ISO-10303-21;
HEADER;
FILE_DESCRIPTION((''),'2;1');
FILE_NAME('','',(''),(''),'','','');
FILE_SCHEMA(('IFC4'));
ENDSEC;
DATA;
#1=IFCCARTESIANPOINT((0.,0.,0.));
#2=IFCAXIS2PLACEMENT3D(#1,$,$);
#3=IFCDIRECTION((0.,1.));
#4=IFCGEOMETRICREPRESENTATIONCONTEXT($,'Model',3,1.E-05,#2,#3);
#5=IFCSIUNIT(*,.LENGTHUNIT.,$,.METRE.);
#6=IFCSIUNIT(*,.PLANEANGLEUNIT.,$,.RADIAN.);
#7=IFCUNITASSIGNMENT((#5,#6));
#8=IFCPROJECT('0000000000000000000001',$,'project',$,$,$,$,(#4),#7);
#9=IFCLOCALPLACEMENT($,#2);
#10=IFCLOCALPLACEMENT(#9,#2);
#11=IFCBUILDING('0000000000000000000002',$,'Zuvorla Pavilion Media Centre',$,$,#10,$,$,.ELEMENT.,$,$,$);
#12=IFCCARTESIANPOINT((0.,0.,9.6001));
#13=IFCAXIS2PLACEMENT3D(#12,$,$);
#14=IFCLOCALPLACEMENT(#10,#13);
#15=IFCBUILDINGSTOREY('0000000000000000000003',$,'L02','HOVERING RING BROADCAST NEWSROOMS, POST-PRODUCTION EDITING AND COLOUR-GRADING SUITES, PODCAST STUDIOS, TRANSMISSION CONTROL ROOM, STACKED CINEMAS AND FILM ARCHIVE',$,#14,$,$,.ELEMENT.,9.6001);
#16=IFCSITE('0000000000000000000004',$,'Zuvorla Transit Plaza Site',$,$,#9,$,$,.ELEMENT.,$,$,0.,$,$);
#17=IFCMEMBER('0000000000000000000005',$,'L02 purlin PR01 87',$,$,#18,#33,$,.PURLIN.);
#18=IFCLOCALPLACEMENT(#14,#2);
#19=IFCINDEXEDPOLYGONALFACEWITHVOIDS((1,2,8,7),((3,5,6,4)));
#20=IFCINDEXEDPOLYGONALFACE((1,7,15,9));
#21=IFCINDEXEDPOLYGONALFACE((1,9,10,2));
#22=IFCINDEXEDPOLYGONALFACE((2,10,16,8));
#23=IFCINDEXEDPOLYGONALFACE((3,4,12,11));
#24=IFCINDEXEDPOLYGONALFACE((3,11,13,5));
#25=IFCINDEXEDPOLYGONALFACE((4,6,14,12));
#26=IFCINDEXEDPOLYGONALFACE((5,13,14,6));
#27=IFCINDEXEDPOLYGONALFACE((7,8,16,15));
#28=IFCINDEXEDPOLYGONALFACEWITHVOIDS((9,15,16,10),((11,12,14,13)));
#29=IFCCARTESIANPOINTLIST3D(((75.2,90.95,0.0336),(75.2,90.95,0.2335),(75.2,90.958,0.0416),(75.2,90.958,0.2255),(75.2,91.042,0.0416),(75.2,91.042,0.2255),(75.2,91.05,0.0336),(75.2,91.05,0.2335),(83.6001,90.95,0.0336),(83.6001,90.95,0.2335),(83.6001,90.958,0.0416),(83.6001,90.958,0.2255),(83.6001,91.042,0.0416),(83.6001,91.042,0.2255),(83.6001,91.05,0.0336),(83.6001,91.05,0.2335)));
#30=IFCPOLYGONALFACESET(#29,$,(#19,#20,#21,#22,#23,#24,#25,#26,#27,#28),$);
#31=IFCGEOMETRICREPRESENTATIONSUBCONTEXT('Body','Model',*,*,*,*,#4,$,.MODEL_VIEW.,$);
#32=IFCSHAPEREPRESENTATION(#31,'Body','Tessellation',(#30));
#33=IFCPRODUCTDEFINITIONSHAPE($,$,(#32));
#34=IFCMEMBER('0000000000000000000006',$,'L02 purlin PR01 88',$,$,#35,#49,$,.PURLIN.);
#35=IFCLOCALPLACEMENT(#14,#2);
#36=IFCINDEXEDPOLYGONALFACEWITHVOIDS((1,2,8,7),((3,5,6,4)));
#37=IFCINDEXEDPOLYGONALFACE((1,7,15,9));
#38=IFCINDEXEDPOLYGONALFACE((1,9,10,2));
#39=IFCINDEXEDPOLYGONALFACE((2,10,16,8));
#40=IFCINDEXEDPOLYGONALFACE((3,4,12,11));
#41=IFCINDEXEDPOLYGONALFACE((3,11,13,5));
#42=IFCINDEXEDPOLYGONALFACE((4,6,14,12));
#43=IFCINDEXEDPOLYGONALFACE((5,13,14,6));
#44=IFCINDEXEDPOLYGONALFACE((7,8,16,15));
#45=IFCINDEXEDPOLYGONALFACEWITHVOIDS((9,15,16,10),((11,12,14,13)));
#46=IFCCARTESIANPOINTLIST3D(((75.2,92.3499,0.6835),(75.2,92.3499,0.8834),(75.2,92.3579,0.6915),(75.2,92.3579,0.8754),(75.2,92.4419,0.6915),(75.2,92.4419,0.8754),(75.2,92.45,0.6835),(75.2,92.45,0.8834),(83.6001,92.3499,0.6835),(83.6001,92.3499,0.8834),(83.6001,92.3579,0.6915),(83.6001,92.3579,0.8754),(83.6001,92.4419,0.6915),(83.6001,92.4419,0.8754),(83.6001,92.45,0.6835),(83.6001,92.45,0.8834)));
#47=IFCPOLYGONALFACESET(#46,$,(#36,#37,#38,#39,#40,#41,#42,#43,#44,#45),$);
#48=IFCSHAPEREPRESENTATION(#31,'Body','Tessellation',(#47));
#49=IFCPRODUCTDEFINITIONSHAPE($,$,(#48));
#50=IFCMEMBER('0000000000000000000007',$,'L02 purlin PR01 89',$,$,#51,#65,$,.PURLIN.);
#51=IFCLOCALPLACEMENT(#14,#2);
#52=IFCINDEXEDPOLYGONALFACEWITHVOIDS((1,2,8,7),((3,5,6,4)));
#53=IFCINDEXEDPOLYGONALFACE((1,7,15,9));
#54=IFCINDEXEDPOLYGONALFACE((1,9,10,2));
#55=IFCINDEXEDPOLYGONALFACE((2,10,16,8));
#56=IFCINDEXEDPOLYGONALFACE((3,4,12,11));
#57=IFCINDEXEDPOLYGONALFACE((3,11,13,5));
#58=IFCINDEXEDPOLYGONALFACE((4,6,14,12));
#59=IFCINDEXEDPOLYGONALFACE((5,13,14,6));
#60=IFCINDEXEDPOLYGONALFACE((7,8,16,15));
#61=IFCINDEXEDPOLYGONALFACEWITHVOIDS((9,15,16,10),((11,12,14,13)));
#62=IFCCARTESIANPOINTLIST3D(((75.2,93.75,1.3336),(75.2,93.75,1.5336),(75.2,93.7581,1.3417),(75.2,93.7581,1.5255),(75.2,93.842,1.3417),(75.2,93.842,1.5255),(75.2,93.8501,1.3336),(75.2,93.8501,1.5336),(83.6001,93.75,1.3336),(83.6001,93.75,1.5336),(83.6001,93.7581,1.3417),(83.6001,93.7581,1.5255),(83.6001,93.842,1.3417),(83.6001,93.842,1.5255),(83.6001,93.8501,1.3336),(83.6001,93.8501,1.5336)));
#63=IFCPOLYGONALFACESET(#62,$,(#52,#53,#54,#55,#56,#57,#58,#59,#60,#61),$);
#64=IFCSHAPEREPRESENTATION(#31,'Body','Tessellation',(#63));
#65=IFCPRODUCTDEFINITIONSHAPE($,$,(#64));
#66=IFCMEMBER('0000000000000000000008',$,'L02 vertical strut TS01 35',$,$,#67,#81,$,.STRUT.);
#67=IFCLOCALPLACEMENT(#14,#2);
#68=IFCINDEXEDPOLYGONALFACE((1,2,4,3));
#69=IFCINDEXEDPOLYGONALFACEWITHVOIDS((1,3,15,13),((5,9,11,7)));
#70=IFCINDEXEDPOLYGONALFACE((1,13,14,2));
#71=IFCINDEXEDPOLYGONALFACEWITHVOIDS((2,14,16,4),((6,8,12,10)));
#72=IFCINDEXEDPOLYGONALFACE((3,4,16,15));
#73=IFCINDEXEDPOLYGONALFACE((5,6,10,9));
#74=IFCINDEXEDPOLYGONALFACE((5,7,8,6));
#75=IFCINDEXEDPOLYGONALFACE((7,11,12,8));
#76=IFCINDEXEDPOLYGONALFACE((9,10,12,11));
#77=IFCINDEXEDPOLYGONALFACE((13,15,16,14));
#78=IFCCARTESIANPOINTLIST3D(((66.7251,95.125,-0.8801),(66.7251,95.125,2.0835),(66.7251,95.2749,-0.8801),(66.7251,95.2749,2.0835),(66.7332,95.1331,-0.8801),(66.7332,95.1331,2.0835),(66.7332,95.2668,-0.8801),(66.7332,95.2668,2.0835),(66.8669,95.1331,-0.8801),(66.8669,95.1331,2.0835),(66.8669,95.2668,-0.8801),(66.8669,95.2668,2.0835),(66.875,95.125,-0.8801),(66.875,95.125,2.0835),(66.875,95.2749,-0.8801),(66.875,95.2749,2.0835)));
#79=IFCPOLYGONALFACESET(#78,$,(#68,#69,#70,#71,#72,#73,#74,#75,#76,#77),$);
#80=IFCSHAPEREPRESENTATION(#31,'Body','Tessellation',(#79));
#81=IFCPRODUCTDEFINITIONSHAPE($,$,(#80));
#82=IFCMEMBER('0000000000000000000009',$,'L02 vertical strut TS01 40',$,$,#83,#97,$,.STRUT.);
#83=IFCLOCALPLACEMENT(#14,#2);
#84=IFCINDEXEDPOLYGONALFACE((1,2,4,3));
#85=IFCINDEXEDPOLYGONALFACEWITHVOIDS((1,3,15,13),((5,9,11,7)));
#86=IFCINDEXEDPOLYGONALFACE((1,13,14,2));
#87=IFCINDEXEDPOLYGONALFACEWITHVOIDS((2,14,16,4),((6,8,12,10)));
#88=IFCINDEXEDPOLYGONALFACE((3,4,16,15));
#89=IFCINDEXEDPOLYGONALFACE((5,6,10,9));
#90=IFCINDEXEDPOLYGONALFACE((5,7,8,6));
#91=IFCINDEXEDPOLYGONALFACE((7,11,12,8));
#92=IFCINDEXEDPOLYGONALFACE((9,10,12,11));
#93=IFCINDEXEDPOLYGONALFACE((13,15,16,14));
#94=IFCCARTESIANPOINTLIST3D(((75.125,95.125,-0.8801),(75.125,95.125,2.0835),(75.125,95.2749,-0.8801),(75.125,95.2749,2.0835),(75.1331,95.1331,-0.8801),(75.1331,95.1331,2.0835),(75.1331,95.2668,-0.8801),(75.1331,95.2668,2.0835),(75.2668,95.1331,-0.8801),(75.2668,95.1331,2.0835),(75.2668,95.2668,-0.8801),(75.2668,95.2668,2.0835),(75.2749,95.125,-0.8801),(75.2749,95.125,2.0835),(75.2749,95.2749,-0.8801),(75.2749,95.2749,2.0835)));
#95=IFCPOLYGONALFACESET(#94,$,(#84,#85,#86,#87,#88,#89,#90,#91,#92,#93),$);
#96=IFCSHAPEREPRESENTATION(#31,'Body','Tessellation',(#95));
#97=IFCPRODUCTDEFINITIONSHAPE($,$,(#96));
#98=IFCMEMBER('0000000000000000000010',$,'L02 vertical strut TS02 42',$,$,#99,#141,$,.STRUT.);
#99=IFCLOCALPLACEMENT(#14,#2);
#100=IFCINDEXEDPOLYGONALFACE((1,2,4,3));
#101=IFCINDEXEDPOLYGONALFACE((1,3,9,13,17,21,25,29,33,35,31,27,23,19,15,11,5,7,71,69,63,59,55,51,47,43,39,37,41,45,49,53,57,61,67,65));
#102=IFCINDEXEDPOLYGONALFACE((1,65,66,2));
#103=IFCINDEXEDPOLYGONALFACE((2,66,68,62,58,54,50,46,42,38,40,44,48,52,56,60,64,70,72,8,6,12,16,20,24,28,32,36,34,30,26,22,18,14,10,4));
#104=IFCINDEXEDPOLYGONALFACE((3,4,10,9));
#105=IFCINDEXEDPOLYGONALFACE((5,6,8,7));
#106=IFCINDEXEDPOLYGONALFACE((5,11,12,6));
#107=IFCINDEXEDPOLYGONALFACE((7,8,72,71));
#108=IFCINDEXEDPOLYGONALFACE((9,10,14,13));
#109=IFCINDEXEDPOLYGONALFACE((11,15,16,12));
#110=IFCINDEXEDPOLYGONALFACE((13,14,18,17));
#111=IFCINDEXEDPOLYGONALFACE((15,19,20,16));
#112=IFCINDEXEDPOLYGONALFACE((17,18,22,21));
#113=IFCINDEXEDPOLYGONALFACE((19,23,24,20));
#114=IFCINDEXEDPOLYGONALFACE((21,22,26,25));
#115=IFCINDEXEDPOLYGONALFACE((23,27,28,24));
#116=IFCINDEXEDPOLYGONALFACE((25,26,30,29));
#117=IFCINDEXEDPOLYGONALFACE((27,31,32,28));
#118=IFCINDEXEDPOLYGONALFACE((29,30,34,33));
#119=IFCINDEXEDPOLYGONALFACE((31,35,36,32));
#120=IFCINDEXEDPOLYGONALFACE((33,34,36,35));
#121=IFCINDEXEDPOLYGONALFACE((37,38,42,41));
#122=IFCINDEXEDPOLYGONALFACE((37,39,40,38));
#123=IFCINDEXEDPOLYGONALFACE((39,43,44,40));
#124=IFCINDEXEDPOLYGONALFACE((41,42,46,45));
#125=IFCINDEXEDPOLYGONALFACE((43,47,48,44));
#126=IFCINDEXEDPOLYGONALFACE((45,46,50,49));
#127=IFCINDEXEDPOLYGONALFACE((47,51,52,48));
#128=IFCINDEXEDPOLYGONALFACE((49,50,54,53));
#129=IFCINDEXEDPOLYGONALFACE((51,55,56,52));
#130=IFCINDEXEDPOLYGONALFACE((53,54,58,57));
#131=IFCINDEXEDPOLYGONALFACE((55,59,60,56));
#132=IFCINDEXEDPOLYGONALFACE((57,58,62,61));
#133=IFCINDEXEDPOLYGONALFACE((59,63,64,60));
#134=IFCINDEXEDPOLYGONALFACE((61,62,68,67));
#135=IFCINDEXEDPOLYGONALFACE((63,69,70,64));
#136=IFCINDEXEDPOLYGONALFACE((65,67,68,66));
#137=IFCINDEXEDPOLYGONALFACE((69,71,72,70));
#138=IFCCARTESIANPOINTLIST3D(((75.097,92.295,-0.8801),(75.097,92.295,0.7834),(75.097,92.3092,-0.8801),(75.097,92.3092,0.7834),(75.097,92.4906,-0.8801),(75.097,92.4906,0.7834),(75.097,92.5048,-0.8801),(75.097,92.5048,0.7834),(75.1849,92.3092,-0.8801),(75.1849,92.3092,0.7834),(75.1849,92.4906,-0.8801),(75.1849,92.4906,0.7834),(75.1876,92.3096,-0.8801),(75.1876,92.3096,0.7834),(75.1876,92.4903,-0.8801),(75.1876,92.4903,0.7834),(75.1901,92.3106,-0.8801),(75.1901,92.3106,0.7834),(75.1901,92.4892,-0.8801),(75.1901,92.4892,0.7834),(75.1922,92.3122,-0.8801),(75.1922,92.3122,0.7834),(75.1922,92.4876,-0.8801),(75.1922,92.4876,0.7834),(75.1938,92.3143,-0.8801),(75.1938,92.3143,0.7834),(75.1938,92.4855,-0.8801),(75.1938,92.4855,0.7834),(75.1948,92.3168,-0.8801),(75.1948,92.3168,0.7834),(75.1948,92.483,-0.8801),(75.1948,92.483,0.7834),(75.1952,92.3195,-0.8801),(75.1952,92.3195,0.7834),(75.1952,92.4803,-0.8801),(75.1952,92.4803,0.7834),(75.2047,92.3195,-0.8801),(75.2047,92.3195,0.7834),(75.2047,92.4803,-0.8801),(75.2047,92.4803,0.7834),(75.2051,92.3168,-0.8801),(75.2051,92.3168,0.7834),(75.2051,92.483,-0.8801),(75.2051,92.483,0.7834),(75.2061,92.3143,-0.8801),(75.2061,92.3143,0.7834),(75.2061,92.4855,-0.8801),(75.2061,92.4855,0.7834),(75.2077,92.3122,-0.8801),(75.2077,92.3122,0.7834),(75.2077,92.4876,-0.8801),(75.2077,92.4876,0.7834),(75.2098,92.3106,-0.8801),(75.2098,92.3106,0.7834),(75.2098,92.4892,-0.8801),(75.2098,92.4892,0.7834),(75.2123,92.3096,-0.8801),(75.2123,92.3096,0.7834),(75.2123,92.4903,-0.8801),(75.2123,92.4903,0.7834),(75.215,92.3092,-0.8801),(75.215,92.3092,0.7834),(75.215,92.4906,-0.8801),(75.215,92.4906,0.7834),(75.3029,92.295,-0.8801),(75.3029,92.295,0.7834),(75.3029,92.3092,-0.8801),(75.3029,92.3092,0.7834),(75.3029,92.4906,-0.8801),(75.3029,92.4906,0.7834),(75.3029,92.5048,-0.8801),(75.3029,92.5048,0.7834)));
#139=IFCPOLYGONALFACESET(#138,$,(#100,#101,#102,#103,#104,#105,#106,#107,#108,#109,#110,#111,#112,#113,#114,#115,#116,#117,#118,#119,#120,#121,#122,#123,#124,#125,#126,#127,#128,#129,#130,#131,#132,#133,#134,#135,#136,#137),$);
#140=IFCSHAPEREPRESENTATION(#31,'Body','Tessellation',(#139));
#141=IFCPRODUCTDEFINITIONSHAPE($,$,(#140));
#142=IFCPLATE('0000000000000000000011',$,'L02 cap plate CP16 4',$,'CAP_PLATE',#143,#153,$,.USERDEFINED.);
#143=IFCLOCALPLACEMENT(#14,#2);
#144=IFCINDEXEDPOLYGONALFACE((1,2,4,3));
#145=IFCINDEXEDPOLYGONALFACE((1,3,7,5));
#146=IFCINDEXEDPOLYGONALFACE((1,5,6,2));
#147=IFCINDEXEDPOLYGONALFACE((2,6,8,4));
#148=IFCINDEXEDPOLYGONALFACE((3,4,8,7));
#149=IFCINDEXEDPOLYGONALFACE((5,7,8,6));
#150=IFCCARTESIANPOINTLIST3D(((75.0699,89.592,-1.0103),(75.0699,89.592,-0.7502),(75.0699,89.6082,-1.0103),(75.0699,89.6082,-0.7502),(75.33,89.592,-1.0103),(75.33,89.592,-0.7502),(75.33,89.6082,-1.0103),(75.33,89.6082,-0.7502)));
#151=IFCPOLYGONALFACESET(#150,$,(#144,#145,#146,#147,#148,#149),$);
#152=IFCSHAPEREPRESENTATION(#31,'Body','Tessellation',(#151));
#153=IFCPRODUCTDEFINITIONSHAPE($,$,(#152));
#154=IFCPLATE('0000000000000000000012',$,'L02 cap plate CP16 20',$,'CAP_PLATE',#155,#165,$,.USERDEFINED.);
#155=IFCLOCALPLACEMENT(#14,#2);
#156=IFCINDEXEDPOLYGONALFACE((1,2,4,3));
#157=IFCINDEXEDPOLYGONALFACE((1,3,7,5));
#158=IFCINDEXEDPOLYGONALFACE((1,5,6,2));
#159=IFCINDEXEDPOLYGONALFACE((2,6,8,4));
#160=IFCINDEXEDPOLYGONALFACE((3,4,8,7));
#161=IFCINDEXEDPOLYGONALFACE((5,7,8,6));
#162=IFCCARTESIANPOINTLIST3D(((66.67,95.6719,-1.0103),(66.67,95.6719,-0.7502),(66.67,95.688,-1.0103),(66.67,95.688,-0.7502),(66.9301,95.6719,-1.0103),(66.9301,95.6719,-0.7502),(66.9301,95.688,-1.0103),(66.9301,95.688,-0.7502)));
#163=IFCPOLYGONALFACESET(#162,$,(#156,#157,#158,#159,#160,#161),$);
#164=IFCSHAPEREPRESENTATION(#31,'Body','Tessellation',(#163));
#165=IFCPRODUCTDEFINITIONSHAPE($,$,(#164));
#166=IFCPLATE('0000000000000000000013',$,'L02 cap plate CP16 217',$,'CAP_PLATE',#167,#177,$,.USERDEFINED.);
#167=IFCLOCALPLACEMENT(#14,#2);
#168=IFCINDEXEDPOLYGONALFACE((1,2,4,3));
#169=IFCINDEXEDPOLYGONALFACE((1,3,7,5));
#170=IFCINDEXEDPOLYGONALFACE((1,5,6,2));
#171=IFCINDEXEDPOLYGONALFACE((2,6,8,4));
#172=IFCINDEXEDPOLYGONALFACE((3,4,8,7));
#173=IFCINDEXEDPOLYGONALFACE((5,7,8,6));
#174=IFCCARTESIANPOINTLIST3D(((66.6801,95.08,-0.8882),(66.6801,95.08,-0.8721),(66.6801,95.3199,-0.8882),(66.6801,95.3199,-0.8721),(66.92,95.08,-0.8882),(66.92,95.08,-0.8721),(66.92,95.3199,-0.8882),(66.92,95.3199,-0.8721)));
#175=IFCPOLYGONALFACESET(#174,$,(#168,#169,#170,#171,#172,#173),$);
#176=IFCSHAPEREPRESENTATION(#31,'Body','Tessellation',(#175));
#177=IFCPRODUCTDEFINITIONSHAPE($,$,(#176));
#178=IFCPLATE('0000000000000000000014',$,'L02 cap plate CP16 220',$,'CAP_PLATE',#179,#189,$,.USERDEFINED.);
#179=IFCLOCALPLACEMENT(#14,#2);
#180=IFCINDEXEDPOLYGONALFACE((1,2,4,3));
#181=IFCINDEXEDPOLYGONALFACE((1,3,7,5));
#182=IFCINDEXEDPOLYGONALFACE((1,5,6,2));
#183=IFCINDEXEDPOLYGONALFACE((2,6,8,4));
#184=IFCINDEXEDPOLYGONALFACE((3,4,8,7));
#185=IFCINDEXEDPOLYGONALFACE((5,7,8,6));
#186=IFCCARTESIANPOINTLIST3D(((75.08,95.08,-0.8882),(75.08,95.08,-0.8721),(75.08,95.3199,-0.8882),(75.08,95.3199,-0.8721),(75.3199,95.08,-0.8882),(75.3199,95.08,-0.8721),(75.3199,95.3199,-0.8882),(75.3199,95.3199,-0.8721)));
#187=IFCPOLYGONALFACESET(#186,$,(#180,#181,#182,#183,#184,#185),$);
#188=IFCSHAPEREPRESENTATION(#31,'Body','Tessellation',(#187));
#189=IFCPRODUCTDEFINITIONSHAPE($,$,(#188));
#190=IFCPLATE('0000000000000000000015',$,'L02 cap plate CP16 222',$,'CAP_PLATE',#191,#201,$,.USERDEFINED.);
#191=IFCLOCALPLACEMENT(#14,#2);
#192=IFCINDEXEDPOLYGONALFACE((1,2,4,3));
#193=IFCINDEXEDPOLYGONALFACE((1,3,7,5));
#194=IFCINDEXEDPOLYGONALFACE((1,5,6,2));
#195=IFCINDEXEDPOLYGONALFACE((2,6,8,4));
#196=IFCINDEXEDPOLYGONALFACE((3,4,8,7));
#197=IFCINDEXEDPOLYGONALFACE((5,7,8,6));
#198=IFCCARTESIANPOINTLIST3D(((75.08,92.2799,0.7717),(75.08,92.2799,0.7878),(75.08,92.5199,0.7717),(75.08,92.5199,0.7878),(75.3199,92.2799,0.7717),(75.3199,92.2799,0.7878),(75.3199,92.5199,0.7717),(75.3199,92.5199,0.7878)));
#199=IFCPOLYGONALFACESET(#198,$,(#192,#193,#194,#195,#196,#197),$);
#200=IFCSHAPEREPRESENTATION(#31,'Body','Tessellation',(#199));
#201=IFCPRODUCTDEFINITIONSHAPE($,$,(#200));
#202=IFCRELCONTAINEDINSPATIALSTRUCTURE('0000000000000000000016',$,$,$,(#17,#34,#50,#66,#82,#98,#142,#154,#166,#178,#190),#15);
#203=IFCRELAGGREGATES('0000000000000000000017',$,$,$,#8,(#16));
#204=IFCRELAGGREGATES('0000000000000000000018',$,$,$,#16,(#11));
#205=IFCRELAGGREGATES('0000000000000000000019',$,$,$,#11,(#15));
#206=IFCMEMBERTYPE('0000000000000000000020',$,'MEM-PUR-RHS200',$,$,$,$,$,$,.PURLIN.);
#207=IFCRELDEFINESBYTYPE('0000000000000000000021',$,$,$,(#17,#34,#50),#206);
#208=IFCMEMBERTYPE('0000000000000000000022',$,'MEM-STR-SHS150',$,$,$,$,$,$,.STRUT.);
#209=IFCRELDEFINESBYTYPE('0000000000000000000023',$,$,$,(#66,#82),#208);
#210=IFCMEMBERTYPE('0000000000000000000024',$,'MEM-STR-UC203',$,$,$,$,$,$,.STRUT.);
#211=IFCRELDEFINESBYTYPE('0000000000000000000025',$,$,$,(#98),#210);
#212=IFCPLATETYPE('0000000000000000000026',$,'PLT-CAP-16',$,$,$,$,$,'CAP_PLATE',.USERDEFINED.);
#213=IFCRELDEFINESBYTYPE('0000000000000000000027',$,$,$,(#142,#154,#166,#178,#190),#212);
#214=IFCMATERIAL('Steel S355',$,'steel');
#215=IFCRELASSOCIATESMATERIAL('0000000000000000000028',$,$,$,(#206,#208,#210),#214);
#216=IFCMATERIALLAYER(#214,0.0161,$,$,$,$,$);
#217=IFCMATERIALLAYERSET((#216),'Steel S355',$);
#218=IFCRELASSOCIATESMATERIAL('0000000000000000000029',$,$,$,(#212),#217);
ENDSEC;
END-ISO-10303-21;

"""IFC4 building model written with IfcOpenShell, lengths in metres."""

from ifc_helpers import new_model, si_unit, direction, frame, origin, origin_2d, place, context, subcontext, project, spatial, rectangle, hollow_rectangle, i_section, extrude, material, layer, layer_set, material_profile, profile_set, type_object, element, save


model = new_model("IFC4")

# Units and contexts
model_context = context("Model", 3, precision=1e-05, world=origin(), true_north=direction((0.0, 1.0)))
body_context = subcontext(model_context, "Body", "Model", "MODEL_VIEW")
ifc_project = project(units=[si_unit("LENGTHUNIT", "METRE"), si_unit("PLANEANGLEUNIT", "RADIAN")], contexts=[model_context])

# Site, building, storey
site_placement = place(None, origin())
site = spatial("IfcSite", under=ifc_project, at=site_placement, Name="Zuvorla Transit Plaza Site", CompositionType="ELEMENT", RefElevation=0.0)
building_placement = place(site_placement, origin())
building = spatial("IfcBuilding", under=site, at=building_placement, Name="Zuvorla Pavilion Media Centre", CompositionType="ELEMENT")
storey_placement = place(building_placement, frame((0.0, 0.0, 9.6001)))
storey = spatial("IfcBuildingStorey", under=building, at=storey_placement, Name="L02", Description="HOVERING RING BROADCAST NEWSROOMS, POST-PRODUCTION EDITING AND COLOUR-GRADING SUITES, PODCAST STUDIOS, TRANSMISSION CONTROL ROOM, STACKED CINEMAS AND FILM ARCHIVE", CompositionType="ELEMENT", Elevation=9.6001)

# Shared definitions
ifc_material_1 = material(Name="Steel S355", Category="steel")

# Members
ifc_material_profile_1 = material_profile(ifc_material_1, hollow_rectangle(XDim=0.1001, YDim=0.2, WallThickness=0.0081, at=origin_2d()), Name="RHS 200x100x8")
ifc_profile_set_1 = profile_set([ifc_material_profile_1], Name="Steel S355")
member_type_1 = type_object("IfcMemberType", Name="MEM-PUR-RHS200", PredefinedType="PURLIN", material=ifc_profile_set_1)
for number, where, z_axis, x_axis, name in (
    (1, (75.2, 91.0, 0.1335), (1.0, 0.0, 0.0), (0.0, 1.0, 0.0), "L02 purlin PR01 87"),
    (2, (75.2, 92.3999, 0.7834), (1.0, 0.0, 0.0), (0.0, 1.0, 0.0), "L02 purlin PR01 88"),
    (3, (75.2, 93.8, 1.4336), (1.0, 0.0, 0.0), (0.0, 1.0, 0.0), "L02 purlin PR01 89"),
):
    element("IfcMember", number, at=place(storey_placement, frame(where, z_axis=z_axis, x_axis=x_axis)), inside=storey, type_object=member_type_1, Name=name, PredefinedType="PURLIN", context=body_context, shape_type="SweptSolid", body=[
        extrude(hollow_rectangle(XDim=0.1001, YDim=0.2, WallThickness=0.0081, at=origin_2d()), origin(), (0.0, 0.0, 1.0), 8.4001),
    ])
ifc_material_profile_2 = material_profile(ifc_material_1, hollow_rectangle(XDim=0.1499, YDim=0.1499, WallThickness=0.0081, at=origin_2d()), Name="SHS 150x150x8")
ifc_profile_set_2 = profile_set([ifc_material_profile_2], Name="Steel S355")
member_type_2 = type_object("IfcMemberType", Name="MEM-STR-SHS150", PredefinedType="STRUT", material=ifc_profile_set_2)
for number, where, z_axis, x_axis, name in (
    (4, (66.8, 95.2, -0.8801), (0.0, 0.0, 1.0), (1.0, 0.0, 0.0), "L02 vertical strut TS01 35"),
    (5, (75.2, 95.2, -0.8801), (0.0, 0.0, 1.0), (1.0, 0.0, 0.0), "L02 vertical strut TS01 40"),
):
    element("IfcMember", number, at=place(storey_placement, frame(where, z_axis=z_axis, x_axis=x_axis)), inside=storey, type_object=member_type_2, Name=name, PredefinedType="STRUT", context=body_context, shape_type="SweptSolid", body=[
        extrude(hollow_rectangle(XDim=0.1499, YDim=0.1499, WallThickness=0.0081, at=origin_2d()), origin(), (0.0, 0.0, 1.0), 2.9636),
    ])
ifc_material_profile_3 = material_profile(ifc_material_1, i_section(OverallWidth=0.2058, OverallDepth=0.2097, WebThickness=0.0095, FlangeThickness=0.0142, FilletRadius=0.0103, at=origin_2d()), Name="UC 203x203x60")
ifc_profile_set_3 = profile_set([ifc_material_profile_3], Name="Steel S355")
member_type_3 = type_object("IfcMemberType", Name="MEM-STR-UC203", PredefinedType="STRUT", material=ifc_profile_set_3)
member_1_placement = place(storey_placement, frame((75.2, 92.3999, -0.8801), z_axis=(0.0, 0.0, 1.0), x_axis=(1.0, 0.0, 0.0)))
element("IfcMember", 6, at=member_1_placement, inside=storey, type_object=member_type_3, Name="L02 vertical strut TS02 42", PredefinedType="STRUT", context=body_context, shape_type="SweptSolid", body=[
    extrude(i_section(OverallWidth=0.2058, OverallDepth=0.2097, WebThickness=0.0095, FlangeThickness=0.0142, FilletRadius=0.0103, at=origin_2d()), origin(), (0.0, 0.0, 1.0), 1.6636),
])

# Plates
ifc_layer_1 = layer(ifc_material_1, 0.0161)
ifc_layer_set_1 = layer_set([ifc_layer_1], Name="Steel S355")
plate_type_1 = type_object("IfcPlateType", Name="PLT-CAP-16", ElementType="CAP_PLATE", PredefinedType="USERDEFINED", material=ifc_layer_set_1)
for number, where, z_axis, x_axis, name in (
    (7, (75.2, 89.6001, -1.0103), (0.0, 0.0, 1.0), (1.0, 0.0, 0.0), "L02 cap plate CP16 4"),
    (8, (66.8, 95.6799, -1.0103), (0.0, 0.0, 1.0), (1.0, 0.0, 0.0), "L02 cap plate CP16 20"),
):
    element("IfcPlate", number, at=place(storey_placement, frame(where, z_axis=z_axis, x_axis=x_axis)), inside=storey, type_object=plate_type_1, Name=name, ObjectType="CAP_PLATE", PredefinedType="USERDEFINED", context=body_context, shape_type="SweptSolid", body=[
        extrude(rectangle(XDim=0.26, YDim=0.0161, at=origin_2d()), origin(), (0.0, 0.0, 1.0), 0.26),
    ])
for number, where, z_axis, x_axis, name in (
    (9, (66.8, 95.2, -0.8882), (0.0, 0.0, 1.0), (1.0, 0.0, 0.0), "L02 cap plate CP16 217"),
    (10, (75.2, 95.2, -0.8882), (0.0, 0.0, 1.0), (1.0, 0.0, 0.0), "L02 cap plate CP16 220"),
    (11, (75.2, 92.3999, 0.7717), (0.0, 0.0, 1.0), (1.0, 0.0, 0.0), "L02 cap plate CP16 222"),
):
    element("IfcPlate", number, at=place(storey_placement, frame(where, z_axis=z_axis, x_axis=x_axis)), inside=storey, type_object=plate_type_1, Name=name, ObjectType="CAP_PLATE", PredefinedType="USERDEFINED", context=body_context, shape_type="SweptSolid", body=[
        extrude(rectangle(XDim=0.24, YDim=0.24, at=origin_2d()), origin(), (0.0, 0.0, 1.0), 0.0161),
    ])

save(model, "model.ifc")
